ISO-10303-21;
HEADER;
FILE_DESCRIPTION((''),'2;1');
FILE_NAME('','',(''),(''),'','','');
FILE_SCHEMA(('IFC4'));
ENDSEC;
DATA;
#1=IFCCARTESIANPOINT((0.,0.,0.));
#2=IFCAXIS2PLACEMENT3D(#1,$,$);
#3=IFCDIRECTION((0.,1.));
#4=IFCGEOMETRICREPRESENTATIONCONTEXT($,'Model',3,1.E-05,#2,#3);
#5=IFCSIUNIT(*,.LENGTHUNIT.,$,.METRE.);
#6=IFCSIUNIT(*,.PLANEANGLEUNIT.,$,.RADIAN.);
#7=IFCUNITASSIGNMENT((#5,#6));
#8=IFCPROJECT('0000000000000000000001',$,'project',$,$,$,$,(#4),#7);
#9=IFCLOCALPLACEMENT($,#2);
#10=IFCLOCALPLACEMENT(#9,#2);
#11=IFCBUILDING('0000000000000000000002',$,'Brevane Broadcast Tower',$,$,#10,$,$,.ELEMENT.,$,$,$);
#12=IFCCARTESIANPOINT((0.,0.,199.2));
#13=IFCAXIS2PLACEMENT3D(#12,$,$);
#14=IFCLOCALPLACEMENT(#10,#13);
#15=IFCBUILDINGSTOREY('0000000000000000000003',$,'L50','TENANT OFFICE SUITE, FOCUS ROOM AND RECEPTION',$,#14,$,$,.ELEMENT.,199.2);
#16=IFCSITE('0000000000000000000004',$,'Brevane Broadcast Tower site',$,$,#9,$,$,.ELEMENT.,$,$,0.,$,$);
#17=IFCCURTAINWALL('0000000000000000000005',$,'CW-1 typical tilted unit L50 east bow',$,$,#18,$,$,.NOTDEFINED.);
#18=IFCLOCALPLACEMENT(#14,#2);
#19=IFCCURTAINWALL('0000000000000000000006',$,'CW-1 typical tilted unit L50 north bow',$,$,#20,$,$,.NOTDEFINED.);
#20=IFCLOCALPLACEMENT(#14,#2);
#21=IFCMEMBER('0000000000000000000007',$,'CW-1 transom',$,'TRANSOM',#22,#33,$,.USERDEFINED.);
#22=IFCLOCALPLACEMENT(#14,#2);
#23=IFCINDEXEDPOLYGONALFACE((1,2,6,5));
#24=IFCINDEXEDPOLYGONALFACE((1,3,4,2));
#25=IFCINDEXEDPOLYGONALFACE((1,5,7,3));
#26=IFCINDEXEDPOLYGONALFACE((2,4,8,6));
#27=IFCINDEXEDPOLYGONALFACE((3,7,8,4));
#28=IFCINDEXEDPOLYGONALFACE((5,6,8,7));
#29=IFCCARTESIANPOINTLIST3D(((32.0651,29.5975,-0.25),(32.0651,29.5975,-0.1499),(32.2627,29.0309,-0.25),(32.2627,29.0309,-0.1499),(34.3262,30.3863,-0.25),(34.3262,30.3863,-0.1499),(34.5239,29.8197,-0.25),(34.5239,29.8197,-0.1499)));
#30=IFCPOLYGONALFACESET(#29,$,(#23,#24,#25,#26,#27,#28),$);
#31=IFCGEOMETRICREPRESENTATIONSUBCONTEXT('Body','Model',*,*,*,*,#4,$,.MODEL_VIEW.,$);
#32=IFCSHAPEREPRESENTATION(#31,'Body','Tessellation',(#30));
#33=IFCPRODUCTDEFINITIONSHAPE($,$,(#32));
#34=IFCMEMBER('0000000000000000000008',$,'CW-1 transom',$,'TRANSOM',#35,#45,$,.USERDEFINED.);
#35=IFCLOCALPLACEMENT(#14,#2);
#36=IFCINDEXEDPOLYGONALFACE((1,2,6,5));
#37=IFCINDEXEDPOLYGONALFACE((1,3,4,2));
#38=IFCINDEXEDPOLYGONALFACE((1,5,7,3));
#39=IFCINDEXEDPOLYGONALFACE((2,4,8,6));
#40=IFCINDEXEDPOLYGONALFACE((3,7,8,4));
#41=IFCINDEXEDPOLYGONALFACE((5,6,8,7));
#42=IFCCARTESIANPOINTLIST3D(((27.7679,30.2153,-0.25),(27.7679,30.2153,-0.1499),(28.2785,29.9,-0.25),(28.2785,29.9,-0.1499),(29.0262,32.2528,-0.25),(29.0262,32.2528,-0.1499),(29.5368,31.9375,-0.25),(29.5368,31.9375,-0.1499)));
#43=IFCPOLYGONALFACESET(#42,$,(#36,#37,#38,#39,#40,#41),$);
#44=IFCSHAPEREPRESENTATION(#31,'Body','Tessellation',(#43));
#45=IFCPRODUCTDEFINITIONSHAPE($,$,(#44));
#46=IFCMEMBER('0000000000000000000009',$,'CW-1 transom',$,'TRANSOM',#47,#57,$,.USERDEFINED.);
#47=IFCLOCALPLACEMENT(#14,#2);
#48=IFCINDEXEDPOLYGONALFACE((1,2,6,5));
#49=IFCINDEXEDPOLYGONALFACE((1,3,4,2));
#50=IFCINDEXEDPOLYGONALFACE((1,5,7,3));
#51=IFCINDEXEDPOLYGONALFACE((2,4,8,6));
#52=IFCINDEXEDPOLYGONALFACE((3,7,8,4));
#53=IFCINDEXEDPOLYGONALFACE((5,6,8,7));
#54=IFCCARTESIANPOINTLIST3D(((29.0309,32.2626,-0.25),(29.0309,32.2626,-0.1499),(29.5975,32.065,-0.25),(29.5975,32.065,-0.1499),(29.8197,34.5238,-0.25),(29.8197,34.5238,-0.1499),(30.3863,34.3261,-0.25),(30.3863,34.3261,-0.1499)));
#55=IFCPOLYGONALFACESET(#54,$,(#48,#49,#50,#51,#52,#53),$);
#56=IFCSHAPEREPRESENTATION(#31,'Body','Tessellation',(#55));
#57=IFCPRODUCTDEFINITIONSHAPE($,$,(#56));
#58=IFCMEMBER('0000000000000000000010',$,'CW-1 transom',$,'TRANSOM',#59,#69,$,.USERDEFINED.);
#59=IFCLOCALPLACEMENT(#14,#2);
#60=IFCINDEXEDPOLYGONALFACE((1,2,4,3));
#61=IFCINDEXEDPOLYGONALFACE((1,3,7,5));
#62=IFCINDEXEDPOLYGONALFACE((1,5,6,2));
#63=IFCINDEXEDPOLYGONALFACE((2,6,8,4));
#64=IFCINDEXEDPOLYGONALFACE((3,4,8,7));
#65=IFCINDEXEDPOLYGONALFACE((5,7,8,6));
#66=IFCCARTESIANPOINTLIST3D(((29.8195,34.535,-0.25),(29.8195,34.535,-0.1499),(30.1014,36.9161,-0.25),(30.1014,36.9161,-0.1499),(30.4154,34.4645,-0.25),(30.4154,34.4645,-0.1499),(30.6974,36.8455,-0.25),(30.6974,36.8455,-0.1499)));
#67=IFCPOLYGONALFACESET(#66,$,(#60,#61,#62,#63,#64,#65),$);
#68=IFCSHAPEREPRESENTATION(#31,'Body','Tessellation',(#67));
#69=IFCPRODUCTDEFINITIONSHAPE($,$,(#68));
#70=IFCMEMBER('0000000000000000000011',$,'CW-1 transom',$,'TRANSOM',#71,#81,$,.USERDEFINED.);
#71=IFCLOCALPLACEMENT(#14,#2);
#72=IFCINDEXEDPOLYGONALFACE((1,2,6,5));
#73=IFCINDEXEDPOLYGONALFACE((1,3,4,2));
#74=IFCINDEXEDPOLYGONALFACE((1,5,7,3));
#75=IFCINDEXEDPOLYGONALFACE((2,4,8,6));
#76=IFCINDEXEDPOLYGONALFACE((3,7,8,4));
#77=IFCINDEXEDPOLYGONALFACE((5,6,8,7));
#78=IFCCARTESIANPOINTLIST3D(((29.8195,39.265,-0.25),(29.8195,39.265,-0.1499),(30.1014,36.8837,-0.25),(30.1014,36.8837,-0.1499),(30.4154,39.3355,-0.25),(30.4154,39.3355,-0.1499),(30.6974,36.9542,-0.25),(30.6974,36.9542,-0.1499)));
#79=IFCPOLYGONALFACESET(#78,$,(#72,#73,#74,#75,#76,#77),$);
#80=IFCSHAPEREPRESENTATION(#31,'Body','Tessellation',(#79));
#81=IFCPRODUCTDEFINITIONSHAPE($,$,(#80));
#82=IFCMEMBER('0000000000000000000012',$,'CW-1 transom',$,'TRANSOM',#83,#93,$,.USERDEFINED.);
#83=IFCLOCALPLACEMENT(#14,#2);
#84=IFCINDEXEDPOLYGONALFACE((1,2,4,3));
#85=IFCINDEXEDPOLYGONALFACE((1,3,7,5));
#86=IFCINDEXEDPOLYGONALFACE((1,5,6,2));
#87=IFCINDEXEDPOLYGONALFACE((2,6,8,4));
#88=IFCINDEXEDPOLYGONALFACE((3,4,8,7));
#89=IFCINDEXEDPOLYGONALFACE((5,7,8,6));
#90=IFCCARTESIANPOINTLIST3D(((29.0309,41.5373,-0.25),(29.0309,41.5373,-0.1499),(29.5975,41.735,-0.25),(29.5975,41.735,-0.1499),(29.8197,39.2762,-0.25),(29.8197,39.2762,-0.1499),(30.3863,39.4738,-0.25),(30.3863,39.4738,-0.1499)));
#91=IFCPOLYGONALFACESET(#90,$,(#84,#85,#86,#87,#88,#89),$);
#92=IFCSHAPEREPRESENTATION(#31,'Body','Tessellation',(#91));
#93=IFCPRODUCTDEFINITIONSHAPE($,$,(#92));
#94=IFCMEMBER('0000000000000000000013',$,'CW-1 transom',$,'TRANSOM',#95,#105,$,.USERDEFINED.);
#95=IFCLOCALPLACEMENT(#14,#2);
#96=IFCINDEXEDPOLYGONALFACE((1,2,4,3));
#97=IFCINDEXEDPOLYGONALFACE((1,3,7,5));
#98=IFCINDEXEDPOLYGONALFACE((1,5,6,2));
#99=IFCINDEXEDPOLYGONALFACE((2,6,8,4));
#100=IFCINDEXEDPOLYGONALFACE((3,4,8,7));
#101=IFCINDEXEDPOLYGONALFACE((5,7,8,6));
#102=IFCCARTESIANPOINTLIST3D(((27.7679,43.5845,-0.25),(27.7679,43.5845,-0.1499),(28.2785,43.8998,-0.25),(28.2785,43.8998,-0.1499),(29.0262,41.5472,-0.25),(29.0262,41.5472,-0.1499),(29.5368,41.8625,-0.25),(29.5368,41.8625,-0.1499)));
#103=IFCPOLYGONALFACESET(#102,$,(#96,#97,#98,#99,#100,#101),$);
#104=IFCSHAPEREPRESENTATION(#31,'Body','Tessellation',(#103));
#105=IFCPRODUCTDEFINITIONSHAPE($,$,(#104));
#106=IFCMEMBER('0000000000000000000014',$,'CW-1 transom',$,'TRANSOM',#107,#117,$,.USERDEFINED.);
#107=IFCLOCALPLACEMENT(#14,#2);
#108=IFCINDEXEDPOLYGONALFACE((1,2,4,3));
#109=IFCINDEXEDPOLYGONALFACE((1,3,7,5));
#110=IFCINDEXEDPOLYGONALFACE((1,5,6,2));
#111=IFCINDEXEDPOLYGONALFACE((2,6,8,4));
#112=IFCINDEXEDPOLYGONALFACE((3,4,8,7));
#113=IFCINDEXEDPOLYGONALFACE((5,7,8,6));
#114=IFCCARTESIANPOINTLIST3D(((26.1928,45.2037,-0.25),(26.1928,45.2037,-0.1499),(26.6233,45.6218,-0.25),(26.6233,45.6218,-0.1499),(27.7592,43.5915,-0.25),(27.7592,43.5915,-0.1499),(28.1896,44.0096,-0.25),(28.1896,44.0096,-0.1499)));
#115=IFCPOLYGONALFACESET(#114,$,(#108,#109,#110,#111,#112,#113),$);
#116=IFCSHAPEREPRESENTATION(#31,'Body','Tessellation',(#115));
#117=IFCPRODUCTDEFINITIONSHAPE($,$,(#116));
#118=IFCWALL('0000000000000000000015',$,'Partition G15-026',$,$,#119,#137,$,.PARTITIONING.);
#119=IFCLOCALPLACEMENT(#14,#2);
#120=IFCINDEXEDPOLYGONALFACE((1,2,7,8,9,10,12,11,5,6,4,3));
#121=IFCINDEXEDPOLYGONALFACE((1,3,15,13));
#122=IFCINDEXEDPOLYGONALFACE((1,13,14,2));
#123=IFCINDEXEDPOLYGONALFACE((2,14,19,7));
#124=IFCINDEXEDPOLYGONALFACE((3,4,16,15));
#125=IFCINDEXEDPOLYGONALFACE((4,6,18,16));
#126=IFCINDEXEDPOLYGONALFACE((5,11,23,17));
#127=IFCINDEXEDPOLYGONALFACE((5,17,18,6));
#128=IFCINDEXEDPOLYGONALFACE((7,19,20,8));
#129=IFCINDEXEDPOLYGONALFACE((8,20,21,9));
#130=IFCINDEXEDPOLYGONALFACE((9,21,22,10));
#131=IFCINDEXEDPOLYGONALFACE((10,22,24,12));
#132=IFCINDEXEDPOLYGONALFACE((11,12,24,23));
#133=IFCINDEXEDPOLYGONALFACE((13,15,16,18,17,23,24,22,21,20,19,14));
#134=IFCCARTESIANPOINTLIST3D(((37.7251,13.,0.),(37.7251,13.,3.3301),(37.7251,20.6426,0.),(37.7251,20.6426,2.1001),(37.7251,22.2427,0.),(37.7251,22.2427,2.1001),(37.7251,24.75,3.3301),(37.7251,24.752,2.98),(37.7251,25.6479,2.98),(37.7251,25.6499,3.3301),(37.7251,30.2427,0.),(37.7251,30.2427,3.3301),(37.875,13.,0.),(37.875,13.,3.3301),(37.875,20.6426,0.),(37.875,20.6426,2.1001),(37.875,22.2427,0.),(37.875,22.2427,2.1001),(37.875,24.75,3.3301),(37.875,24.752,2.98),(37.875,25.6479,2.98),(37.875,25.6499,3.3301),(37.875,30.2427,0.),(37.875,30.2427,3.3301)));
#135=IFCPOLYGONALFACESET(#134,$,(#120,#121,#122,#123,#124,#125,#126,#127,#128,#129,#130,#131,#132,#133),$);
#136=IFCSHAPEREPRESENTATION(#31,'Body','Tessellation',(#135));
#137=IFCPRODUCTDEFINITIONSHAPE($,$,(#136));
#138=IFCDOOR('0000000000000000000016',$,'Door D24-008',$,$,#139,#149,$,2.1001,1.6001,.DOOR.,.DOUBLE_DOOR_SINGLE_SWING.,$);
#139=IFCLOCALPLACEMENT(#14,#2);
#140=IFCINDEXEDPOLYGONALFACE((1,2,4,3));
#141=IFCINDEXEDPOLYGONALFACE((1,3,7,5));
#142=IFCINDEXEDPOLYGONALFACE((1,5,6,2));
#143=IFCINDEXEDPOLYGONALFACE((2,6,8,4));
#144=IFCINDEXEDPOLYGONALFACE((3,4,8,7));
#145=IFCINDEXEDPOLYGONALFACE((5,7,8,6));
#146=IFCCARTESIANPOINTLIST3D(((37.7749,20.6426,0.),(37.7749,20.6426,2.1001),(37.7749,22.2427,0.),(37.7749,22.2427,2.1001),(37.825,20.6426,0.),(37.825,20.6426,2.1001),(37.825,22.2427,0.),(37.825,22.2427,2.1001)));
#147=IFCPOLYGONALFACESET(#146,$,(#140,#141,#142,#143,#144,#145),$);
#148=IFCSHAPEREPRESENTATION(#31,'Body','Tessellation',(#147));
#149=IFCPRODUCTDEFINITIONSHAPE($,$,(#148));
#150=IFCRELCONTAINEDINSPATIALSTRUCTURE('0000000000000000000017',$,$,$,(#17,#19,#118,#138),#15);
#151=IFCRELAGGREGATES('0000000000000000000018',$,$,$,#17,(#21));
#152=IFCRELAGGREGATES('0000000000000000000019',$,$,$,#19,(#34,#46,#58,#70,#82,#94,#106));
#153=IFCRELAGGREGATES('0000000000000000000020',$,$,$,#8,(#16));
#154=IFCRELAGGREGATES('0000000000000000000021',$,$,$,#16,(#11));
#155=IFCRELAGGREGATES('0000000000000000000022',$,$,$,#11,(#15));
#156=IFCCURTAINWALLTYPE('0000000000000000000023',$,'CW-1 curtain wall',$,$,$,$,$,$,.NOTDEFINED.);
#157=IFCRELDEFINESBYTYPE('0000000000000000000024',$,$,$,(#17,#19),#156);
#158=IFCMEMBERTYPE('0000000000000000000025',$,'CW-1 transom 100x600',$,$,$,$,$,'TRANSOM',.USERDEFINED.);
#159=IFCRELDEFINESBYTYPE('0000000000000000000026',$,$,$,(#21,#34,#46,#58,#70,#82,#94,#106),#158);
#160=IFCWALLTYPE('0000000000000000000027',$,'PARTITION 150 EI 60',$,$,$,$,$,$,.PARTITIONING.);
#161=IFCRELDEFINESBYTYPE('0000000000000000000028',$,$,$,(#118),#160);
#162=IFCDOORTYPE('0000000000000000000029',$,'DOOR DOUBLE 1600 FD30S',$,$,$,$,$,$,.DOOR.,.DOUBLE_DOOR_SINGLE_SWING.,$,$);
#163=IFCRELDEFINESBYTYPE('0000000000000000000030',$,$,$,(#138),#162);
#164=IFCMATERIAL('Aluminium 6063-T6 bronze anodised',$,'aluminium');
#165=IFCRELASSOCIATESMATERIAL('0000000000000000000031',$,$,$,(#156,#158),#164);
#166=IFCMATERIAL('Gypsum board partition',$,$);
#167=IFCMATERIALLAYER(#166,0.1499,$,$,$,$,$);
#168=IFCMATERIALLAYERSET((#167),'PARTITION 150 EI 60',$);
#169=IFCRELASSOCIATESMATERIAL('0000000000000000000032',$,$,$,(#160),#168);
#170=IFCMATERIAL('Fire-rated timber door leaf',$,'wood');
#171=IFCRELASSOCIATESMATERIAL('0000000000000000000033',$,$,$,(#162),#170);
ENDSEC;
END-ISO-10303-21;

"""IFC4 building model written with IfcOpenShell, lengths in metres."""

from ifc_helpers import new_model, si_unit, direction, frame, frame_2d, origin, origin_2d, place, context, subcontext, project, spatial, polyline, rectangle, outline, extrude, material, layer, layer_set, material_profile, profile_set, type_object, element, fill, aggregate, save


model = new_model("IFC4")

# Units and contexts
model_context = context("Model", 3, precision=1e-05, world=origin(), true_north=direction((0.0, 1.0)))
body_context = subcontext(model_context, "Body", "Model", "MODEL_VIEW")
ifc_project = project(units=[si_unit("LENGTHUNIT", "METRE"), si_unit("PLANEANGLEUNIT", "RADIAN")], contexts=[model_context])

# Site, building, storey
site_placement = place(None, origin())
site = spatial("IfcSite", under=ifc_project, at=site_placement, Name="Brevane Broadcast Tower site", CompositionType="ELEMENT", RefElevation=0.0)
building_placement = place(site_placement, origin())
building = spatial("IfcBuilding", under=site, at=building_placement, Name="Brevane Broadcast Tower", CompositionType="ELEMENT")
storey_placement = place(building_placement, frame((0.0, 0.0, 199.2)))
storey = spatial("IfcBuildingStorey", under=building, at=storey_placement, Name="L50", Description="TENANT OFFICE SUITE, FOCUS ROOM AND RECEPTION", CompositionType="ELEMENT", Elevation=199.2)

# Curtain walls
ifc_material_1 = material(Name="Aluminium 6063-T6 bronze anodised", Category="aluminium")
curtain_wall_type = type_object("IfcCurtainWallType", Name="CW-1 curtain wall", PredefinedType="NOTDEFINED", material=ifc_material_1)
curtain_wall_1_placement = place(storey_placement, origin())
curtain_wall_1 = element("IfcCurtainWall", 1, at=curtain_wall_1_placement, inside=storey, type_object=curtain_wall_type, Name="CW-1 typical tilted unit L50 east bow", PredefinedType="NOTDEFINED")
curtain_wall_2_placement = place(storey_placement, origin())
curtain_wall_2 = element("IfcCurtainWall", 2, at=curtain_wall_2_placement, inside=storey, type_object=curtain_wall_type, Name="CW-1 typical tilted unit L50 north bow", PredefinedType="NOTDEFINED")

# Members
ifc_material_profile_1 = material_profile(ifc_material_1, rectangle(XDim=0.6001, YDim=0.1001, at=origin_2d()), Name="RECT 100x600")
ifc_profile_set_1 = profile_set([ifc_material_profile_1], Name="Aluminium 6063-T6 bronze anodised")
member_type_1 = type_object("IfcMemberType", Name="CW-1 transom 100x600", ElementType="TRANSOM", PredefinedType="USERDEFINED", material=ifc_profile_set_1)
member_1_placement = place(storey_placement, frame((34.425, 30.103, -0.2), z_axis=(-0.944198, -0.329378, 0.0), x_axis=(0.329378, -0.944198, 0.0)))
member_1 = element("IfcMember", 3, at=member_1_placement, type_object=member_type_1, Name="CW-1 transom", ObjectType="TRANSOM", PredefinedType="USERDEFINED", context=body_context, shape_type="SweptSolid", body=[
    extrude(rectangle(XDim=0.6001, YDim=0.1001, at=origin_2d()), origin(), (0.0, 0.0, 1.0), 2.3948),
])
aggregate(curtain_wall_1, [member_1])
member_2_placement = place(storey_placement, frame((28.0232, 30.0576, -0.2), z_axis=(0.525428, 0.850838, 0.0), x_axis=(-0.850838, 0.525428, 0.0)))
member_2 = element("IfcMember", 4, at=member_2_placement, type_object=member_type_1, Name="CW-1 transom", ObjectType="TRANSOM", PredefinedType="USERDEFINED", context=body_context, shape_type="SweptSolid", body=[
    extrude(rectangle(XDim=0.6001, YDim=0.1001, at=origin_2d()), origin(), (0.0, 0.0, 1.0), 2.3948),
])
member_3_placement = place(storey_placement, frame((29.3142, 32.1638, -0.2), z_axis=(0.329378, 0.944198, 0.0), x_axis=(-0.944198, 0.329378, 0.0)))
member_3 = element("IfcMember", 5, at=member_3_placement, type_object=member_type_1, Name="CW-1 transom", ObjectType="TRANSOM", PredefinedType="USERDEFINED", context=body_context, shape_type="SweptSolid", body=[
    extrude(rectangle(XDim=0.6001, YDim=0.1001, at=origin_2d()), origin(), (0.0, 0.0, 1.0), 2.3948),
])
member_4_placement = place(storey_placement, frame((30.1174, 34.4998, -0.2), z_axis=(0.117603, 0.993061, 0.0), x_axis=(-0.993061, 0.117603, 0.0)))
member_4 = element("IfcMember", 6, at=member_4_placement, type_object=member_type_1, Name="CW-1 transom", ObjectType="TRANSOM", PredefinedType="USERDEFINED", context=body_context, shape_type="SweptSolid", body=[
    extrude(rectangle(XDim=0.6001, YDim=0.1001, at=origin_2d()), origin(), (0.0, 0.0, 1.0), 2.3977),
])
member_5_placement = place(storey_placement, frame((30.3994, 36.9189, -0.2), z_axis=(-0.117591, 0.993062, 0.0), x_axis=(-0.993062, -0.117591, 0.0)))
member_5 = element("IfcMember", 7, at=member_5_placement, type_object=member_type_1, Name="CW-1 transom", ObjectType="TRANSOM", PredefinedType="USERDEFINED", context=body_context, shape_type="SweptSolid", body=[
    extrude(rectangle(XDim=0.6001, YDim=0.1001, at=origin_2d()), origin(), (0.0, 0.0, 1.0), 2.3979),
])
member_6_placement = place(storey_placement, frame((30.103, 39.375, -0.2), z_axis=(-0.329378, 0.944198, 0.0), x_axis=(-0.944198, -0.329378, 0.0)))
member_6 = element("IfcMember", 8, at=member_6_placement, type_object=member_type_1, Name="CW-1 transom", ObjectType="TRANSOM", PredefinedType="USERDEFINED", context=body_context, shape_type="SweptSolid", body=[
    extrude(rectangle(XDim=0.6001, YDim=0.1001, at=origin_2d()), origin(), (0.0, 0.0, 1.0), 2.3948),
])
member_7_placement = place(storey_placement, frame((29.2815, 41.7048, -0.2), z_axis=(-0.525473, 0.85081, 0.0), x_axis=(-0.85081, -0.525473, 0.0)))
member_7 = element("IfcMember", 9, at=member_7_placement, type_object=member_type_1, Name="CW-1 transom", ObjectType="TRANSOM", PredefinedType="USERDEFINED", context=body_context, shape_type="SweptSolid", body=[
    extrude(rectangle(XDim=0.6001, YDim=0.1001, at=origin_2d()), origin(), (0.0, 0.0, 1.0), 2.3945),
])
member_8_placement = place(storey_placement, frame((27.9744, 43.8005, -0.2), z_axis=(-0.696824, 0.717242, 0.0), x_axis=(-0.717242, -0.696824, 0.0)))
member_8 = element("IfcMember", 10, at=member_8_placement, type_object=member_type_1, Name="CW-1 transom", ObjectType="TRANSOM", PredefinedType="USERDEFINED", context=body_context, shape_type="SweptSolid", body=[
    extrude(rectangle(XDim=0.6001, YDim=0.1001, at=origin_2d()), origin(), (0.0, 0.0, 1.0), 2.2478),
])
aggregate(curtain_wall_2, [member_2, member_3, member_4, member_5, member_6, member_7, member_8])

# Wall, opening, door
ifc_material_2 = material(Name="Gypsum board partition")
ifc_layer = layer(ifc_material_2, 0.1499)
ifc_layer_set = layer_set([ifc_layer], Name="PARTITION 150 EI 60")
wall_type = type_object("IfcWallType", Name="PARTITION 150 EI 60", PredefinedType="PARTITIONING", material=ifc_layer_set)
wall_placement = place(storey_placement, frame((37.8, 30.2427, 0.0), z_axis=(0.0, 0.0, 1.0), x_axis=(0.0, -1.0, 0.0)))
wall = element("IfcWall", 11, at=wall_placement, inside=storey, type_object=wall_type, Name="Partition G15-026", PredefinedType="PARTITIONING", context=body_context, shape_type="SweptSolid", body=[
    extrude(outline(polyline([(0.0, 0.0), (17.2427, 0.0), (17.2427, 3.3301), (5.4927, 3.3301), (5.4907, 2.98), (4.5947, 2.98), (4.5928, 3.3301), (0.0, 3.3301), (0.0, 0.0)])), frame((0.0, 0.075, 0.0), z_axis=(0.0, -1.0, 0.0), x_axis=(1.0, 0.0, 0.0)), (0.0, 0.0, 1.0), 0.1499),
])
opening_placement = place(wall_placement, frame((8.0, 0.0, 0.0)))
opening = element("IfcOpeningElement", 12, at=opening_placement, cuts=wall, PredefinedType="OPENING", context=body_context, shape_type="SweptSolid", body=[
    extrude(rectangle(XDim=1.6001, YDim=2.1001, at=frame_2d((0.8, 1.05))), frame((0.0, 0.085, 0.0), z_axis=(0.0, -1.0, 0.0), x_axis=(1.0, 0.0, 0.0)), (0.0, 0.0, 1.0), 0.1699),
])
ifc_material_3 = material(Name="Fire-rated timber door leaf", Category="wood")
door_type = type_object("IfcDoorType", Name="DOOR DOUBLE 1600 FD30S", OperationType="DOUBLE_DOOR_SINGLE_SWING", PredefinedType="DOOR", material=ifc_material_3)
door_placement = place(opening_placement, origin())
door = element("IfcDoor", 13, at=door_placement, inside=storey, type_object=door_type, Name="Door D24-008", OperationType="DOUBLE_DOOR_SINGLE_SWING", OverallHeight=2.1001, OverallWidth=1.6001, PredefinedType="DOOR", context=body_context, shape_type="SweptSolid", body=[
    extrude(rectangle(XDim=1.6001, YDim=2.1001, at=frame_2d((0.8, 1.05))), frame((0.0, 0.0249, 0.0), z_axis=(0.0, -1.0, 0.0), x_axis=(1.0, 0.0, 0.0)), (0.0, 0.0, 1.0), 0.05),
])
fill(opening, door)

save(model, "model.ifc")
